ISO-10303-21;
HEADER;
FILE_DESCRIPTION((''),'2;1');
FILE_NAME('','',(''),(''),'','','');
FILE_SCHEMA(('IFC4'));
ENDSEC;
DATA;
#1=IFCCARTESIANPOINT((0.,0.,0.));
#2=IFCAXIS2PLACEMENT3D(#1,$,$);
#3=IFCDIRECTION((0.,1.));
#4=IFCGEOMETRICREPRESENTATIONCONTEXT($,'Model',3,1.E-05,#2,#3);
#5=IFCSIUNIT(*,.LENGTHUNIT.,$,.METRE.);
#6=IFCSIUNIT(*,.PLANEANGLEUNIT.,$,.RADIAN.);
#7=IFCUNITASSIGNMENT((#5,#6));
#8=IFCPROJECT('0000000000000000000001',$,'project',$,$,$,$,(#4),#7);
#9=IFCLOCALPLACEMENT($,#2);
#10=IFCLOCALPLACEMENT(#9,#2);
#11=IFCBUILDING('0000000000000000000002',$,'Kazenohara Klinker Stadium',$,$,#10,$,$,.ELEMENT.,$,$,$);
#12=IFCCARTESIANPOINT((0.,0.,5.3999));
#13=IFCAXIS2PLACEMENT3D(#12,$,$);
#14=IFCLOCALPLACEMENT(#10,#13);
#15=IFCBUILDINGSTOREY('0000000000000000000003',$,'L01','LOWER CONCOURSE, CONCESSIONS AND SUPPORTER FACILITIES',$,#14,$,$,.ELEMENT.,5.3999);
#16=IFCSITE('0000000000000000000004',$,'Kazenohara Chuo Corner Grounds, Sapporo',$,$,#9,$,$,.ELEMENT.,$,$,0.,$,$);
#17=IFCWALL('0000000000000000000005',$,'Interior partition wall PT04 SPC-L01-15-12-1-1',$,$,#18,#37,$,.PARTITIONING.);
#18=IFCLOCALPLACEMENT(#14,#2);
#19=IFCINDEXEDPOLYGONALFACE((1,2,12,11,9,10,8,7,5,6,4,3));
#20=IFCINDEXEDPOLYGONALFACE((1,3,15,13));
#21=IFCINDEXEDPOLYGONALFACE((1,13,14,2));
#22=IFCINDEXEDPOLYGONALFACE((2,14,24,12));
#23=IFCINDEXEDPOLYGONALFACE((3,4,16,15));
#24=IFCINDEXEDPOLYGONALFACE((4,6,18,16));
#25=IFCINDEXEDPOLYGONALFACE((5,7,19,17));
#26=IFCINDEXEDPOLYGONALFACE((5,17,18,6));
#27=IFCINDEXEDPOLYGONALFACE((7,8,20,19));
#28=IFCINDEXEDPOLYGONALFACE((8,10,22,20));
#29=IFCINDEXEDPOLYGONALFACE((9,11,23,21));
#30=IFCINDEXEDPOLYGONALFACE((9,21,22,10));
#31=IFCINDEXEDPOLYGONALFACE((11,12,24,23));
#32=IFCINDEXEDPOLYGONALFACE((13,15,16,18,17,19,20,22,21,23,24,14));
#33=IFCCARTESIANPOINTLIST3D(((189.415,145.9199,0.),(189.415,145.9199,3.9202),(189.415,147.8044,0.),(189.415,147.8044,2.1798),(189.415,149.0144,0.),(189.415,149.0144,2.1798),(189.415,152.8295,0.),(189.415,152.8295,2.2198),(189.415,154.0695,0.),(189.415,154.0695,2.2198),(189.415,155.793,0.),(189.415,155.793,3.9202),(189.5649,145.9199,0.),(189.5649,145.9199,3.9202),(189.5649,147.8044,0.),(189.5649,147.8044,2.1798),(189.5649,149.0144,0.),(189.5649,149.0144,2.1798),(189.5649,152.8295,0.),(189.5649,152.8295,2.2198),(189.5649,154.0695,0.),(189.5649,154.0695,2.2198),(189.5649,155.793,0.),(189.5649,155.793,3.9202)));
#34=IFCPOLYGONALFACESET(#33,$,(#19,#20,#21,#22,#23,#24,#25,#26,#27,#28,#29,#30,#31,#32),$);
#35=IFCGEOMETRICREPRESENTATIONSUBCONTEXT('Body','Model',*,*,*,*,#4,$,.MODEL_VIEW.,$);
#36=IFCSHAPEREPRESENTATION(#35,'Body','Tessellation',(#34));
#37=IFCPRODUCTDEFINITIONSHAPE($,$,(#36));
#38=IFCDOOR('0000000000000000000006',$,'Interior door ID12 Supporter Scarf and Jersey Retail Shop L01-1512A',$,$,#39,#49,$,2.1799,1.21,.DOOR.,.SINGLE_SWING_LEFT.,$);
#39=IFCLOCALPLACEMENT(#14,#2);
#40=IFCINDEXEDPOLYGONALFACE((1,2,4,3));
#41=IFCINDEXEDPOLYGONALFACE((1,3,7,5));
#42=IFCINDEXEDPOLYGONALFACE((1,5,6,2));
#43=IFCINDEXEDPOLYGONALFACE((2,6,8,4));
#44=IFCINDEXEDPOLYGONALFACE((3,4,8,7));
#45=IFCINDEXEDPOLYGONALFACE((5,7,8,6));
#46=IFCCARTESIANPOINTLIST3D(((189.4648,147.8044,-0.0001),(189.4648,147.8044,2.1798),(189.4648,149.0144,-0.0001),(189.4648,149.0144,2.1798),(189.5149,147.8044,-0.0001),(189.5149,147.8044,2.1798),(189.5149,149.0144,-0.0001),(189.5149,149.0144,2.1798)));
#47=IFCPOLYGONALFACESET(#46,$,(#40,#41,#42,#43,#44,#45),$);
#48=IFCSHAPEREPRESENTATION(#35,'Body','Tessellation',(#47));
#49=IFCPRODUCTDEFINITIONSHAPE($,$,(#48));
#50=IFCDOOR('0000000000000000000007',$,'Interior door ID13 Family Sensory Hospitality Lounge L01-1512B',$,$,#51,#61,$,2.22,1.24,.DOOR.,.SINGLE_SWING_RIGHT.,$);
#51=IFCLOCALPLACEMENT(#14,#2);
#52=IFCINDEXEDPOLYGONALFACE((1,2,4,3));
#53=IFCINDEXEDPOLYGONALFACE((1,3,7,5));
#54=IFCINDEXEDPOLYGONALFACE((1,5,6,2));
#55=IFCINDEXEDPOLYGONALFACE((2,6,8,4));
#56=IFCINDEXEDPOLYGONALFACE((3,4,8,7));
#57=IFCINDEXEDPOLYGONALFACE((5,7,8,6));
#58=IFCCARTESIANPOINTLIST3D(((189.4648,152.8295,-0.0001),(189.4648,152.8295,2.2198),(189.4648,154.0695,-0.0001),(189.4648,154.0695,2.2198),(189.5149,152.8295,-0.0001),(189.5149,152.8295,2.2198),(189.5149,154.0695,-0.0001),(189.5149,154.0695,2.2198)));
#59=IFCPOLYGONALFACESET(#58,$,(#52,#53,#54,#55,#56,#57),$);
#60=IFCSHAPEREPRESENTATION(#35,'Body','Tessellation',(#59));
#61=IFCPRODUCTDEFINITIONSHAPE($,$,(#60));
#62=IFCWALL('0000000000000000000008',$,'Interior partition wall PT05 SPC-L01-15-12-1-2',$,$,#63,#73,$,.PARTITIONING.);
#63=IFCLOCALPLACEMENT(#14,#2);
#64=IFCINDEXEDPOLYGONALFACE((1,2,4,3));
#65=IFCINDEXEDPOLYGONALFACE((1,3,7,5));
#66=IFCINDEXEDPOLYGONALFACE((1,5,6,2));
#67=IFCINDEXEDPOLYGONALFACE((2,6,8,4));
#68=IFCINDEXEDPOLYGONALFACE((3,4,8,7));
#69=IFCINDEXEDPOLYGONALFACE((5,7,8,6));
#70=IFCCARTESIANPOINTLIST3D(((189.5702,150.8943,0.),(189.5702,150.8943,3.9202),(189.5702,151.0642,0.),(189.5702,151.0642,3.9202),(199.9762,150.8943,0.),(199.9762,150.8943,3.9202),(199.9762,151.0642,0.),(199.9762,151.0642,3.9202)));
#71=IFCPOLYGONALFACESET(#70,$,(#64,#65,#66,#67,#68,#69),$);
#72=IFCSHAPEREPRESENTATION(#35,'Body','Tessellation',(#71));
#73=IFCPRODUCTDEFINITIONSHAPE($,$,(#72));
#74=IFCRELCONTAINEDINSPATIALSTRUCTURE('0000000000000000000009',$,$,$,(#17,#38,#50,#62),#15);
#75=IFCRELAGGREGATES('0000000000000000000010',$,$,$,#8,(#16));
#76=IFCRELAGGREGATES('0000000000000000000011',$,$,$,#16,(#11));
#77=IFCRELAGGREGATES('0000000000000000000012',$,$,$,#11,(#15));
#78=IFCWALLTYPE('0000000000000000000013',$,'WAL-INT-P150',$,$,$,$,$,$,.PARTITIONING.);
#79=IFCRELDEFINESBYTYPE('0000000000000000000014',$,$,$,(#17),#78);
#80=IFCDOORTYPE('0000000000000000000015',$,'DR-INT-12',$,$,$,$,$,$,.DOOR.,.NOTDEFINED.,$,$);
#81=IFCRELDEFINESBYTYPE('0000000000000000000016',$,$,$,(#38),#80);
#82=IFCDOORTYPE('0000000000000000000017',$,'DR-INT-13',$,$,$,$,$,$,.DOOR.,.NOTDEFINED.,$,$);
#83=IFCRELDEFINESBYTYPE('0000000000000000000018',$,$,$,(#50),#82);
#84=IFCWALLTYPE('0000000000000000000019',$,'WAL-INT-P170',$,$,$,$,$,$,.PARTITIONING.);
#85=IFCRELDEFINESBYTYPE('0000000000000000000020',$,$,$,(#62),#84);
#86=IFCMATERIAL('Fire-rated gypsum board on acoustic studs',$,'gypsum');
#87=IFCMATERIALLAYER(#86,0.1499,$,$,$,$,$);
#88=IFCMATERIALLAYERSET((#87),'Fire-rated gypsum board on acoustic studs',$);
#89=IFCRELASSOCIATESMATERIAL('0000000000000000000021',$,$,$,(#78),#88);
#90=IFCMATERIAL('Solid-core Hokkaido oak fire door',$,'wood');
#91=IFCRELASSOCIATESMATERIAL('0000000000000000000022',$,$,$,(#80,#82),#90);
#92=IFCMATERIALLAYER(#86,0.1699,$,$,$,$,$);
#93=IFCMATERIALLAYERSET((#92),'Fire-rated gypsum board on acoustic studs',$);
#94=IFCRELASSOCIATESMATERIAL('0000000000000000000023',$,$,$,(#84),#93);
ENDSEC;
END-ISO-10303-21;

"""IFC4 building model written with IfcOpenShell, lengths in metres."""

from ifc_helpers import new_model, si_unit, direction, frame, frame_2d, origin, place, context, subcontext, project, spatial, rectangle, extrude, material, layer, layer_set, type_object, element, fill, save


model = new_model("IFC4")

# Units and contexts
model_context = context("Model", 3, precision=1e-05, world=origin(), true_north=direction((0.0, 1.0)))
body_context = subcontext(model_context, "Body", "Model", "MODEL_VIEW")
ifc_project = project(units=[si_unit("LENGTHUNIT", "METRE"), si_unit("PLANEANGLEUNIT", "RADIAN")], contexts=[model_context])

# Site, building, storey
site_placement = place(None, origin())
site = spatial("IfcSite", under=ifc_project, at=site_placement, Name="Kazenohara Chuo Corner Grounds, Sapporo", CompositionType="ELEMENT", RefElevation=0.0)
building_placement = place(site_placement, origin())
building = spatial("IfcBuilding", under=site, at=building_placement, Name="Kazenohara Klinker Stadium", CompositionType="ELEMENT")
storey_placement = place(building_placement, frame((0.0, 0.0, 5.3999)))
storey = spatial("IfcBuildingStorey", under=building, at=storey_placement, Name="L01", Description="LOWER CONCOURSE, CONCESSIONS AND SUPPORTER FACILITIES", CompositionType="ELEMENT", Elevation=5.3999)

# Wall, openings, doors
ifc_material_1 = material(Name="Fire-rated gypsum board on acoustic studs", Category="gypsum")
ifc_layer_1 = layer(ifc_material_1, 0.1499)
ifc_layer_set_1 = layer_set([ifc_layer_1], Name="Fire-rated gypsum board on acoustic studs")
wall_type_1 = type_object("IfcWallType", Name="WAL-INT-P150", PredefinedType="PARTITIONING", material=ifc_layer_set_1)
wall_1_placement = place(storey_placement, frame((189.49, 145.9199, 0.0), z_axis=(0.0, 0.0, 1.0), x_axis=(0.0, 1.0, 0.0)))
wall_1 = element("IfcWall", 1, at=wall_1_placement, inside=storey, type_object=wall_type_1, Name="Interior partition wall PT04 SPC-L01-15-12-1-1", PredefinedType="PARTITIONING", context=body_context, shape_type="SweptSolid", body=[
    extrude(rectangle(XDim=9.873, YDim=0.1499, at=frame_2d((4.9365, 0.0))), origin(), (0.0, 0.0, 1.0), 3.9202),
])
opening_1_placement = place(wall_1_placement, frame((3.0945, 0.0, 0.0), z_axis=(0.0, 0.0, 1.0), x_axis=(-1.0, 0.0, 0.0)))
opening_1 = element("IfcOpeningElement", 2, at=opening_1_placement, cuts=wall_1, PredefinedType="OPENING", context=body_context, shape_type="SweptSolid", body=[
    extrude(rectangle(XDim=1.21, YDim=2.1799, at=frame_2d((0.605, 1.0898))), frame((0.0, 0.085, 0.0), z_axis=(0.0, -1.0, 0.0), x_axis=(1.0, 0.0, 0.0)), (0.0, 0.0, 1.0), 0.1699),
])
opening_2_placement = place(wall_1_placement, frame((8.1497, 0.0, 0.0), z_axis=(0.0, 0.0, 1.0), x_axis=(-1.0, 0.0, 0.0)))
opening_2 = element("IfcOpeningElement", 3, at=opening_2_placement, cuts=wall_1, PredefinedType="OPENING", context=body_context, shape_type="SweptSolid", body=[
    extrude(rectangle(XDim=1.24, YDim=2.22, at=frame_2d((0.6201, 1.1099))), frame((0.0, 0.085, 0.0), z_axis=(0.0, -1.0, 0.0), x_axis=(1.0, 0.0, 0.0)), (0.0, 0.0, 1.0), 0.1699),
])
ifc_material_2 = material(Name="Solid-core Hokkaido oak fire door", Category="wood")
door_type_1 = type_object("IfcDoorType", Name="DR-INT-12", OperationType="NOTDEFINED", PredefinedType="DOOR", material=ifc_material_2)
door_1_placement = place(opening_1_placement, origin())
door_1 = element("IfcDoor", 4, at=door_1_placement, inside=storey, type_object=door_type_1, Name="Interior door ID12 Supporter Scarf and Jersey Retail Shop L01-1512A", OperationType="SINGLE_SWING_LEFT", OverallHeight=2.1799, OverallWidth=1.21, PredefinedType="DOOR", context=body_context, shape_type="SweptSolid", body=[
    extrude(rectangle(XDim=1.21, YDim=2.1799, at=frame_2d((0.605, 1.0898))), frame((0.0, 0.0249, 0.0), z_axis=(0.0, -1.0, 0.0), x_axis=(1.0, 0.0, 0.0)), (0.0, 0.0, 1.0), 0.05),
])
fill(opening_1, door_1)
door_type_2 = type_object("IfcDoorType", Name="DR-INT-13", OperationType="NOTDEFINED", PredefinedType="DOOR", material=ifc_material_2)
door_2_placement = place(opening_2_placement, origin())
door_2 = element("IfcDoor", 5, at=door_2_placement, inside=storey, type_object=door_type_2, Name="Interior door ID13 Family Sensory Hospitality Lounge L01-1512B", OperationType="SINGLE_SWING_RIGHT", OverallHeight=2.22, OverallWidth=1.24, PredefinedType="DOOR", context=body_context, shape_type="SweptSolid", body=[
    extrude(rectangle(XDim=1.24, YDim=2.22, at=frame_2d((0.6201, 1.1099))), frame((0.0, 0.0249, 0.0), z_axis=(0.0, -1.0, 0.0), x_axis=(1.0, 0.0, 0.0)), (0.0, 0.0, 1.0), 0.05),
])
fill(opening_2, door_2)

# Wall
ifc_layer_2 = layer(ifc_material_1, 0.1699)
ifc_layer_set_2 = layer_set([ifc_layer_2], Name="Fire-rated gypsum board on acoustic studs")
wall_type_2 = type_object("IfcWallType", Name="WAL-INT-P170", PredefinedType="PARTITIONING", material=ifc_layer_set_2)
wall_2_placement = place(storey_placement, frame((189.5701, 150.9792, 0.0), z_axis=(0.0, 0.0, 1.0), x_axis=(1.0, 0.0, 0.0)))
element("IfcWall", 6, at=wall_2_placement, inside=storey, type_object=wall_type_2, Name="Interior partition wall PT05 SPC-L01-15-12-1-2", PredefinedType="PARTITIONING", context=body_context, shape_type="SweptSolid", body=[
    extrude(rectangle(XDim=10.406, YDim=0.1699, at=frame_2d((5.2031, 0.0))), origin(), (0.0, 0.0, 1.0), 3.9202),
])

save(model, "model.ifc")
